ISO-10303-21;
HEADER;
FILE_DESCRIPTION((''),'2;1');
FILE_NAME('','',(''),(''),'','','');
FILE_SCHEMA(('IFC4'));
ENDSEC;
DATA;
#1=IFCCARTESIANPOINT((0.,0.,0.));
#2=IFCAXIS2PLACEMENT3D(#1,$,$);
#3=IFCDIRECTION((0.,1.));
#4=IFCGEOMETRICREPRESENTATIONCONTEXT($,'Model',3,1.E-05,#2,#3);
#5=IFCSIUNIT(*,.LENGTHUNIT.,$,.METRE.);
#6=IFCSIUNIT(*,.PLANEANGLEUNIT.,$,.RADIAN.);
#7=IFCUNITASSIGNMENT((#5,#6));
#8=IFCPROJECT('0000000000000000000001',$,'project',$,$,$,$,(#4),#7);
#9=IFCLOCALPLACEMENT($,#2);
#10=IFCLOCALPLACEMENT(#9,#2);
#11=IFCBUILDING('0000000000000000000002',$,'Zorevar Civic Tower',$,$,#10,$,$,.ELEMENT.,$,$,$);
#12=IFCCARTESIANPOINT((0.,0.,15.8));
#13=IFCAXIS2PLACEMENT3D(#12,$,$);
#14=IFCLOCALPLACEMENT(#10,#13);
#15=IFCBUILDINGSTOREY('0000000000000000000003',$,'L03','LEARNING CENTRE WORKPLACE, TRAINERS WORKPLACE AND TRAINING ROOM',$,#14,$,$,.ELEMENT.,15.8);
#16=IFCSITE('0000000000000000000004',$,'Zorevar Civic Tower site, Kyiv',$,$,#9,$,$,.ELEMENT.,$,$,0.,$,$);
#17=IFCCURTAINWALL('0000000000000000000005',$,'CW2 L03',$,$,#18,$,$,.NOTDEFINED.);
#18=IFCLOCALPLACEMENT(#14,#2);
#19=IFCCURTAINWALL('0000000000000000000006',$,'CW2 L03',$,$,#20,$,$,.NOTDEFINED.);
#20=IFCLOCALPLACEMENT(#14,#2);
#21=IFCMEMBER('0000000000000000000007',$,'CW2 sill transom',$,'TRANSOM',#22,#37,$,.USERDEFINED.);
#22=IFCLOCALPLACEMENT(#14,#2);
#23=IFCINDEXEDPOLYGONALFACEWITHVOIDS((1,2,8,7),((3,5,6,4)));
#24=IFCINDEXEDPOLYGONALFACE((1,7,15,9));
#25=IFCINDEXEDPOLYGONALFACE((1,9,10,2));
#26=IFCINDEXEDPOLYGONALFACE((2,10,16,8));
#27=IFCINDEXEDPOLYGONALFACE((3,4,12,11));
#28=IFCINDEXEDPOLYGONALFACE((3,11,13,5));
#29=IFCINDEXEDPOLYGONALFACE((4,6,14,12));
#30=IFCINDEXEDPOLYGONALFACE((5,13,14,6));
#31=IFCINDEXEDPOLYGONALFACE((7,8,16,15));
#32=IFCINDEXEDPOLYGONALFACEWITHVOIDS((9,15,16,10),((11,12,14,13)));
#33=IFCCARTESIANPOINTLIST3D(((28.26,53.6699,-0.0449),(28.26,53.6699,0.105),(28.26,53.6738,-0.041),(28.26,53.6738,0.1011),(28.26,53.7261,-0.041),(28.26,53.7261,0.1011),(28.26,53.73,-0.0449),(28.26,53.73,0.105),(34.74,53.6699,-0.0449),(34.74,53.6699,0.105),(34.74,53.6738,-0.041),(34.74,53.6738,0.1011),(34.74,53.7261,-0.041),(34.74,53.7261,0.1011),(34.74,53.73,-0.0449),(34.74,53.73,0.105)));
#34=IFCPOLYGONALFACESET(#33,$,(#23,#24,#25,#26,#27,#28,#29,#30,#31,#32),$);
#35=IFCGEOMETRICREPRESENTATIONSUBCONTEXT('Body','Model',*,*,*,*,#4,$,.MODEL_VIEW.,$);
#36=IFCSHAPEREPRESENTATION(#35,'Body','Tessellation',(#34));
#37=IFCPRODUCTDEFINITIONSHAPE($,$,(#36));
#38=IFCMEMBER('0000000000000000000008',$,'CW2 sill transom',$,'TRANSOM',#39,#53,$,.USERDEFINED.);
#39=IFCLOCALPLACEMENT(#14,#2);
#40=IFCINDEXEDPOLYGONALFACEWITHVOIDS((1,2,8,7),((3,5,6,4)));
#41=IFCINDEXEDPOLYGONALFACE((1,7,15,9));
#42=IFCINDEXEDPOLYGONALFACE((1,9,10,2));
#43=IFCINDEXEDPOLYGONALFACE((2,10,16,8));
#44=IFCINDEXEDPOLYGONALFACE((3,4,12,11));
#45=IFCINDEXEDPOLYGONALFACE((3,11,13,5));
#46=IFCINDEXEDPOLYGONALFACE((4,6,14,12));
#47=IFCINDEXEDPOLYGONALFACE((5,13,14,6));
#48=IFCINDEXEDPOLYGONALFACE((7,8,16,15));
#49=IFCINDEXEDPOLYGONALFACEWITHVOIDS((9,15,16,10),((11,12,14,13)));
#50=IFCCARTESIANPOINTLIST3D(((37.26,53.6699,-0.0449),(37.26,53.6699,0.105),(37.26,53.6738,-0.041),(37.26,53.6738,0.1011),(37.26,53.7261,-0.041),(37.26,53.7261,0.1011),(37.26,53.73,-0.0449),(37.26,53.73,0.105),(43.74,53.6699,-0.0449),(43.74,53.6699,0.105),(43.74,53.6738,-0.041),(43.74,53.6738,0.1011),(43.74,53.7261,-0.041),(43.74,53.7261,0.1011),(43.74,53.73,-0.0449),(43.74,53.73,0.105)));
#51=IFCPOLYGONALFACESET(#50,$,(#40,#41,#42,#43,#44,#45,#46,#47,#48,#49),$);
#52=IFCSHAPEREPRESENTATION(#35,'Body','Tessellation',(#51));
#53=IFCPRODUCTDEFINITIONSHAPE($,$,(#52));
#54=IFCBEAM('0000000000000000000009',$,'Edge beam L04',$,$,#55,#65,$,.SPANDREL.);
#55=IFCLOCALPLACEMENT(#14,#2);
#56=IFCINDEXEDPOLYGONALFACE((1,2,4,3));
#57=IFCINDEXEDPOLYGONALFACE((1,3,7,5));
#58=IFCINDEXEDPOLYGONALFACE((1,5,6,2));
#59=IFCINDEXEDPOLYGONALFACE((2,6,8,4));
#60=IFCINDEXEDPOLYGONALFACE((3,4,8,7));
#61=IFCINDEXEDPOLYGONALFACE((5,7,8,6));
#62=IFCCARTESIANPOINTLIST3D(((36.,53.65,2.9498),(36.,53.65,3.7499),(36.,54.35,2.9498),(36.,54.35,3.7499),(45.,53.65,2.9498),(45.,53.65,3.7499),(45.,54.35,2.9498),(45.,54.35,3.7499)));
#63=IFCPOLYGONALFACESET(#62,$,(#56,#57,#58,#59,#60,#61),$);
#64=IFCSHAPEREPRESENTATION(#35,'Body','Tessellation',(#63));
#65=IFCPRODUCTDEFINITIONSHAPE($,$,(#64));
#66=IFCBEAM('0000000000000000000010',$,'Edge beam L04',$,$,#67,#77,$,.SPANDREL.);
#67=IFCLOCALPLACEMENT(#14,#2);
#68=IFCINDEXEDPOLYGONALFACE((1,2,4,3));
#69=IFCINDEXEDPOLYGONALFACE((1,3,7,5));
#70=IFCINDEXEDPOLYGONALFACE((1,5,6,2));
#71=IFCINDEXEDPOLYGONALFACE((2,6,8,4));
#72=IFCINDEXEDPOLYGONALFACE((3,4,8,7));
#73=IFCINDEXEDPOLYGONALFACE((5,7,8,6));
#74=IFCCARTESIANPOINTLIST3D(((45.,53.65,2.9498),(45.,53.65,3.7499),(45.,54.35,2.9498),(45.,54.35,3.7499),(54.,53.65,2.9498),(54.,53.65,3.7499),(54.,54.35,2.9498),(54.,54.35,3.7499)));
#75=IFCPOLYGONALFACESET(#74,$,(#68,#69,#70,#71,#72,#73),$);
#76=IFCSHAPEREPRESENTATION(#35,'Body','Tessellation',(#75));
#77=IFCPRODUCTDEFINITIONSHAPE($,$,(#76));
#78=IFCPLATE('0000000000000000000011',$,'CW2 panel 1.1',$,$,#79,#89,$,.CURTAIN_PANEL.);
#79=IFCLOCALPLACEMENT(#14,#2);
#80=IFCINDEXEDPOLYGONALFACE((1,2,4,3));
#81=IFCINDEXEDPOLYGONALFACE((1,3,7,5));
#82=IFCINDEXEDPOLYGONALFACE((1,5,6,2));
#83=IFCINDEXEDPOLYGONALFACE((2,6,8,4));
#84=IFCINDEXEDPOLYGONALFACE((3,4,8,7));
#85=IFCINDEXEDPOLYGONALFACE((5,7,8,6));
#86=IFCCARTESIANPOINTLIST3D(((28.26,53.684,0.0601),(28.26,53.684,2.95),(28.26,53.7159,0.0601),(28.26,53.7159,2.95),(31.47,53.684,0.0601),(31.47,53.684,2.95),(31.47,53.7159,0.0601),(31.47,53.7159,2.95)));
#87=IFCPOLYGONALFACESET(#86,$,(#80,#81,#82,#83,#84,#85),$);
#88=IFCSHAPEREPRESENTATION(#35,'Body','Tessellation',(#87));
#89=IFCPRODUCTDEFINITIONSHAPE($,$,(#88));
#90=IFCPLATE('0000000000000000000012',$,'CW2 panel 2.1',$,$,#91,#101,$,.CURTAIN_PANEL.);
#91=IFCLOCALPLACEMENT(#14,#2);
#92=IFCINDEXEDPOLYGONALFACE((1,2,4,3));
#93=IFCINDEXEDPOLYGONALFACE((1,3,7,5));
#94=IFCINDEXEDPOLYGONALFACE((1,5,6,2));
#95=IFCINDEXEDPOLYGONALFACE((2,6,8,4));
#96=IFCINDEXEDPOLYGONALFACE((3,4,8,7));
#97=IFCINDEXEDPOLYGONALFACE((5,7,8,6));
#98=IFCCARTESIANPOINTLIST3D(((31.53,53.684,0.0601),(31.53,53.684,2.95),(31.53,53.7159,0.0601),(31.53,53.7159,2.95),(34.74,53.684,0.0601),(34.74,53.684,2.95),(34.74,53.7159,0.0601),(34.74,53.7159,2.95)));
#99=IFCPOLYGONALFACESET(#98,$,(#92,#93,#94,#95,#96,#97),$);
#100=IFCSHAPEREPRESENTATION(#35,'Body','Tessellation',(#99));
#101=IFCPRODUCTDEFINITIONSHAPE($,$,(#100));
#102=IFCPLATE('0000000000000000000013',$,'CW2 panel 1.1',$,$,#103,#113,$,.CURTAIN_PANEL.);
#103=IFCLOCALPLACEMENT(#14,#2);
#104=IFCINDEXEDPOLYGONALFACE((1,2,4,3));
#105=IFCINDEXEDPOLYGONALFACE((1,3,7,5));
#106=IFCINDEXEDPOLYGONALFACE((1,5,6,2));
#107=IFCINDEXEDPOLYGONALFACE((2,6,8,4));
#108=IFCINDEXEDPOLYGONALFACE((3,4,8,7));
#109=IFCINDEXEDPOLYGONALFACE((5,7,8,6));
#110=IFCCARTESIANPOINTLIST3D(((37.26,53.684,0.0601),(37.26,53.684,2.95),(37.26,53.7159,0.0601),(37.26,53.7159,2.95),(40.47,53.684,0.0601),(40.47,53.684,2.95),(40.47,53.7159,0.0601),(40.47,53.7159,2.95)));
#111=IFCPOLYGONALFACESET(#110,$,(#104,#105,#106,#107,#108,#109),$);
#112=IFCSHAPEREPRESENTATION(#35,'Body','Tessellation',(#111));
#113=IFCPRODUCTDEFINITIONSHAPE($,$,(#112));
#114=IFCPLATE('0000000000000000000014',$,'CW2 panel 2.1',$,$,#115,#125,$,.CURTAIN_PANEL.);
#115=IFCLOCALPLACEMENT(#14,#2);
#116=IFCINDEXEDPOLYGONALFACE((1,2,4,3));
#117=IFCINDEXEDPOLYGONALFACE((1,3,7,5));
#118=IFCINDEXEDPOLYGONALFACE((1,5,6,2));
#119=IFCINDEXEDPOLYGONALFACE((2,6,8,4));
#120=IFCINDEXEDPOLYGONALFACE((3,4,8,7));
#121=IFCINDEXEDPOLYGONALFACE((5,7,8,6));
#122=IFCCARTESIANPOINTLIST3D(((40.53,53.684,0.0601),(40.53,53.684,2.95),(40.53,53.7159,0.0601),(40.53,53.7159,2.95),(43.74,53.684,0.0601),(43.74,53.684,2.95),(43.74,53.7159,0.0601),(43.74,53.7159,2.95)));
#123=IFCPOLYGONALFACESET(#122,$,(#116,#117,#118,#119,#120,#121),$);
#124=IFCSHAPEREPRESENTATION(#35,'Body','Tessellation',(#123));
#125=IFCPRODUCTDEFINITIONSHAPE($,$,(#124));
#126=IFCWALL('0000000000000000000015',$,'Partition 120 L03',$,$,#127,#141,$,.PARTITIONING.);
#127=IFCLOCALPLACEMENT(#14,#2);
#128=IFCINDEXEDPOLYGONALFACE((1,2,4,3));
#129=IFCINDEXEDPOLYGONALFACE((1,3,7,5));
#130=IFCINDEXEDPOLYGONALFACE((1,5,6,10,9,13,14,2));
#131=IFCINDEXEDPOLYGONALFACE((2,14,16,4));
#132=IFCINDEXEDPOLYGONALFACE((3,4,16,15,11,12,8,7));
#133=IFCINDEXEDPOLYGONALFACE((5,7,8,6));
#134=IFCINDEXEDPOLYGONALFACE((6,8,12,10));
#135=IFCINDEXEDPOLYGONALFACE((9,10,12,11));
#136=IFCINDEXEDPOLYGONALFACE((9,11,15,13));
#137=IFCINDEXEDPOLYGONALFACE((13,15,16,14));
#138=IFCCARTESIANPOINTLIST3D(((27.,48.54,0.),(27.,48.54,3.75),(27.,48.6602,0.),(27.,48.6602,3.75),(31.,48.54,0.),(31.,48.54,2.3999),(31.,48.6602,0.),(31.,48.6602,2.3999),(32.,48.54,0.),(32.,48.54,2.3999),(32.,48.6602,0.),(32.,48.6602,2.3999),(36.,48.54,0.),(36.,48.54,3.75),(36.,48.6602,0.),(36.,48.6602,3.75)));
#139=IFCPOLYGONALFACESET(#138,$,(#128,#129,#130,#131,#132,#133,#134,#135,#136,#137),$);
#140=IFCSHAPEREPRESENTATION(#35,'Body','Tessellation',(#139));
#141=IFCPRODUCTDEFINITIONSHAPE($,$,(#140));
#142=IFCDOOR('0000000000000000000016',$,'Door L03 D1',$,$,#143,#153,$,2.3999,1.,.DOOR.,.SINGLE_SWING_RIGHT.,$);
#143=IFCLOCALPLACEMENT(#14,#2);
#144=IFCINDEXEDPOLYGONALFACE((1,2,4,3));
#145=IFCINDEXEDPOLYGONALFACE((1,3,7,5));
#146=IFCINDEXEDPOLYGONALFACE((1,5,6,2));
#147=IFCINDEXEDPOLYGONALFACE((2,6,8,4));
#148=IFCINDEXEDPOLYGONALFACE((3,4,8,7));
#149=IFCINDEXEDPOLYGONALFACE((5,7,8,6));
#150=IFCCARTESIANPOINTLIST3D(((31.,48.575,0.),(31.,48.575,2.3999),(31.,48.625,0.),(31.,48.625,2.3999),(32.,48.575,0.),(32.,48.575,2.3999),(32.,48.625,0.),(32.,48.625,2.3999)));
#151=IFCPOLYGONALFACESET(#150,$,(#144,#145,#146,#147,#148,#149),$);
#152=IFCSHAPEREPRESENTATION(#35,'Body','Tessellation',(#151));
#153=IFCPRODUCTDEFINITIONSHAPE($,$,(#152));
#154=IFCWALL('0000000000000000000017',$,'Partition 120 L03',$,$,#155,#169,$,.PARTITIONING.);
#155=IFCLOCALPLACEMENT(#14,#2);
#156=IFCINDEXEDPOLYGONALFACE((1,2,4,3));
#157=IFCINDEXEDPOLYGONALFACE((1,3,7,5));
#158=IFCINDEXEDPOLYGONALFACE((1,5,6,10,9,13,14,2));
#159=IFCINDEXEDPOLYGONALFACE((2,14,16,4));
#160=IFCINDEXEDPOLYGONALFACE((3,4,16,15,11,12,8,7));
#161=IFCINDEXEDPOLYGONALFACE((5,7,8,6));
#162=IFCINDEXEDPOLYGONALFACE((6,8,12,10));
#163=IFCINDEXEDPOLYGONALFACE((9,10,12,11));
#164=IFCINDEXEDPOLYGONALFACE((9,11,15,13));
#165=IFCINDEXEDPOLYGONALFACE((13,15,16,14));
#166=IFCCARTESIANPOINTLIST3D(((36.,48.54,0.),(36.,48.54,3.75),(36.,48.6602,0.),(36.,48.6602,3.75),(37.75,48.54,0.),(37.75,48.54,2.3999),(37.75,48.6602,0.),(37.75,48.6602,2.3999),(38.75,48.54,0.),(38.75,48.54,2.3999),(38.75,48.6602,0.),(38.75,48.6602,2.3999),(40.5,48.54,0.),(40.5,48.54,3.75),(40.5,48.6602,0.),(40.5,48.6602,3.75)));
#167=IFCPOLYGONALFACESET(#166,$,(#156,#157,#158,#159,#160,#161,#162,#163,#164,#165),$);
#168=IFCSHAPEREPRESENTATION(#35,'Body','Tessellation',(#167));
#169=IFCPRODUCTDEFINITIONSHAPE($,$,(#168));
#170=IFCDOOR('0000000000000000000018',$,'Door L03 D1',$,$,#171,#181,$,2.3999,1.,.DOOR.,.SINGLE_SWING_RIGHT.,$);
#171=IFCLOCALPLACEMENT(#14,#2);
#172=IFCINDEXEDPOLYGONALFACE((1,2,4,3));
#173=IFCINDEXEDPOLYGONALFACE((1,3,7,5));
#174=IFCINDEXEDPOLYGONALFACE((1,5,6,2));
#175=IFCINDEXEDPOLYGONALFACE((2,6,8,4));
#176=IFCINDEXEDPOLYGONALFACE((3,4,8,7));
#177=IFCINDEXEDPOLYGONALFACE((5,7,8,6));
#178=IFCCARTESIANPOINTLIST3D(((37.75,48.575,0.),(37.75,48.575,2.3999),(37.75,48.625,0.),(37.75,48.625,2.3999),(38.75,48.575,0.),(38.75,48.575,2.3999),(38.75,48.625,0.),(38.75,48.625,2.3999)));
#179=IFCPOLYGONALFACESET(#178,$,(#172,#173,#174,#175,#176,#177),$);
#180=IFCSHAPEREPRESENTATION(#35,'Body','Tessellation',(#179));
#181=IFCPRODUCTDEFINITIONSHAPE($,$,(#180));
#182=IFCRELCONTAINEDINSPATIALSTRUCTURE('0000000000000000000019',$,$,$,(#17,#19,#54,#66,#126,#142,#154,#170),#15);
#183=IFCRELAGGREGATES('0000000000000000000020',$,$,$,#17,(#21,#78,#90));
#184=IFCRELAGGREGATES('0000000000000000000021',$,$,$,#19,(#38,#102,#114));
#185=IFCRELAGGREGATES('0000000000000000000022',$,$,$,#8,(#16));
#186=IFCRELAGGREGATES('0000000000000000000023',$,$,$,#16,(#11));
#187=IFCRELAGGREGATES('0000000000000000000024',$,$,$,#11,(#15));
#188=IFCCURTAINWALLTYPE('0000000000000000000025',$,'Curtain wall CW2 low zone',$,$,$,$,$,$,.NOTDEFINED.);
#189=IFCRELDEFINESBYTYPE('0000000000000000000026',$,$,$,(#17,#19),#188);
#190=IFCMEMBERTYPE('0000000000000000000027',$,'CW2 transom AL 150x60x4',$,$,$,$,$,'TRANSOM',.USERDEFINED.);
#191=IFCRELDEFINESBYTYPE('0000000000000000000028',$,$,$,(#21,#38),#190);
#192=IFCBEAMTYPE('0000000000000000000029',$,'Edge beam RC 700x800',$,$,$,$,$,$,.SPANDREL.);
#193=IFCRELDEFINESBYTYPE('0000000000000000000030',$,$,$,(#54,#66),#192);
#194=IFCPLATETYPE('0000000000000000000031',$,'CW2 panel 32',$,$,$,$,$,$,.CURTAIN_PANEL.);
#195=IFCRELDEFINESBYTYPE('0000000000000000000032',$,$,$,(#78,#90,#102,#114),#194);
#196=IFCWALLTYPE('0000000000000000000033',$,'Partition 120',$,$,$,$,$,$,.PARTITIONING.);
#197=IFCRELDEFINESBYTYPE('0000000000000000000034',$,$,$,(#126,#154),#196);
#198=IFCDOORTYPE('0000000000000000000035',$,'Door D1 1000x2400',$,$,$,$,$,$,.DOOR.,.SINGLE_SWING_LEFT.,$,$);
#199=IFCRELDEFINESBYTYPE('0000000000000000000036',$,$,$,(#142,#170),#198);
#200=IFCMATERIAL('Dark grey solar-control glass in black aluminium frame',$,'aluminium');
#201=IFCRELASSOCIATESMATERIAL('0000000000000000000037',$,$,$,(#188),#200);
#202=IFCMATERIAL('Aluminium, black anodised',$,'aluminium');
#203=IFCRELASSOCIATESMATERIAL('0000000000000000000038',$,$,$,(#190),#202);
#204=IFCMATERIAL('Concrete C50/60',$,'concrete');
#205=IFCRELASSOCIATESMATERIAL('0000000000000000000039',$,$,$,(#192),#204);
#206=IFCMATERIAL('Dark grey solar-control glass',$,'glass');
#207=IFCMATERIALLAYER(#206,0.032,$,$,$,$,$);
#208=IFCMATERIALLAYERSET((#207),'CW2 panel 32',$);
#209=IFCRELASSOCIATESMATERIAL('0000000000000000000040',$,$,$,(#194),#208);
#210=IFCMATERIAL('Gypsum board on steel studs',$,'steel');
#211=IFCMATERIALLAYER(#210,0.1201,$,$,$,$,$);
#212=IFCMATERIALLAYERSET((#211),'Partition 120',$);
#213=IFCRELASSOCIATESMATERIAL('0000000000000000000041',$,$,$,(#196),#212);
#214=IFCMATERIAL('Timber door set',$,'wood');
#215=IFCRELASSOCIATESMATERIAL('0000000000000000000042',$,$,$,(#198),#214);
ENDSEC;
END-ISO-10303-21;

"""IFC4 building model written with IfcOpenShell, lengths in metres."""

from ifc_helpers import new_model, si_unit, direction, frame, frame_2d, origin, origin_2d, place, context, subcontext, project, spatial, rectangle, hollow_rectangle, extrude, material, layer, layer_set, material_profile, profile_set, type_object, element, fill, aggregate, save


model = new_model("IFC4")

# Units and contexts
model_context = context("Model", 3, precision=1e-05, world=origin(), true_north=direction((0.0, 1.0)))
body_context = subcontext(model_context, "Body", "Model", "MODEL_VIEW")
ifc_project = project(units=[si_unit("LENGTHUNIT", "METRE"), si_unit("PLANEANGLEUNIT", "RADIAN")], contexts=[model_context])

# Site, building, storey
site_placement = place(None, origin())
site = spatial("IfcSite", under=ifc_project, at=site_placement, Name="Zorevar Civic Tower site, Kyiv", CompositionType="ELEMENT", RefElevation=0.0)
building_placement = place(site_placement, origin())
building = spatial("IfcBuilding", under=site, at=building_placement, Name="Zorevar Civic Tower", CompositionType="ELEMENT")
storey_placement = place(building_placement, frame((0.0, 0.0, 15.8)))
storey = spatial("IfcBuildingStorey", under=building, at=storey_placement, Name="L03", Description="LEARNING CENTRE WORKPLACE, TRAINERS WORKPLACE AND TRAINING ROOM", CompositionType="ELEMENT", Elevation=15.8)

# Curtain walls
ifc_material_1 = material(Name="Dark grey solar-control glass in black aluminium frame", Category="aluminium")
curtain_wall_type = type_object("IfcCurtainWallType", Name="Curtain wall CW2 low zone", PredefinedType="NOTDEFINED", material=ifc_material_1)
curtain_wall_1_placement = place(storey_placement, origin())
curtain_wall_1 = element("IfcCurtainWall", 1, at=curtain_wall_1_placement, inside=storey, type_object=curtain_wall_type, Name="CW2 L03", PredefinedType="NOTDEFINED")
curtain_wall_2_placement = place(storey_placement, origin())
curtain_wall_2 = element("IfcCurtainWall", 2, at=curtain_wall_2_placement, inside=storey, type_object=curtain_wall_type, Name="CW2 L03", PredefinedType="NOTDEFINED")

# Members
ifc_material_2 = material(Name="Aluminium, black anodised", Category="aluminium")
ifc_material_profile_1 = material_profile(ifc_material_2, hollow_rectangle(XDim=0.0601, YDim=0.1499, WallThickness=0.0039, at=origin_2d()), Name="AL 150x60x4")
ifc_profile_set_1 = profile_set([ifc_material_profile_1], Name="Aluminium, black anodised")
member_type_1 = type_object("IfcMemberType", Name="CW2 transom AL 150x60x4", ElementType="TRANSOM", PredefinedType="USERDEFINED", material=ifc_profile_set_1)
member_1_placement = place(storey_placement, frame((28.26, 53.7, 0.03), z_axis=(1.0, 0.0, 0.0), x_axis=(0.0, 1.0, 0.0)))
member_1 = element("IfcMember", 3, at=member_1_placement, type_object=member_type_1, Name="CW2 sill transom", ObjectType="TRANSOM", PredefinedType="USERDEFINED", context=body_context, shape_type="SweptSolid", body=[
    extrude(hollow_rectangle(XDim=0.0601, YDim=0.1499, WallThickness=0.0039, at=origin_2d()), origin(), (0.0, 0.0, 1.0), 6.48),
])
member_2_placement = place(storey_placement, frame((37.26, 53.7, 0.03), z_axis=(1.0, 0.0, 0.0), x_axis=(0.0, 1.0, 0.0)))
member_2 = element("IfcMember", 4, at=member_2_placement, type_object=member_type_1, Name="CW2 sill transom", ObjectType="TRANSOM", PredefinedType="USERDEFINED", context=body_context, shape_type="SweptSolid", body=[
    extrude(hollow_rectangle(XDim=0.0601, YDim=0.1499, WallThickness=0.0039, at=origin_2d()), origin(), (0.0, 0.0, 1.0), 6.48),
])

# Beams
ifc_material_3 = material(Name="Concrete C50/60", Category="concrete")
ifc_material_profile_2 = material_profile(ifc_material_3, rectangle(XDim=0.7, YDim=0.8, at=origin_2d()), Name="RC 700x800")
ifc_profile_set_2 = profile_set([ifc_material_profile_2], Name="Concrete C50/60")
beam_type_1 = type_object("IfcBeamType", Name="Edge beam RC 700x800", PredefinedType="SPANDREL", material=ifc_profile_set_2)
for number, where, z_axis, x_axis, name in (
    (5, (36.0, 54.0, 3.3499), (1.0, 0.0, 0.0), (0.0, 1.0, 0.0), "Edge beam L04"),
    (6, (45.0, 54.0, 3.3499), (1.0, 0.0, 0.0), (0.0, 1.0, 0.0), "Edge beam L04"),
):
    element("IfcBeam", number, at=place(storey_placement, frame(where, z_axis=z_axis, x_axis=x_axis)), inside=storey, type_object=beam_type_1, Name=name, PredefinedType="SPANDREL", context=body_context, shape_type="SweptSolid", body=[
        extrude(rectangle(XDim=0.7, YDim=0.8, at=origin_2d()), origin(), (0.0, 0.0, 1.0), 9.0),
    ])

# Plates
ifc_material_4 = material(Name="Dark grey solar-control glass", Category="glass")
ifc_layer_1 = layer(ifc_material_4, 0.032)
ifc_layer_set_1 = layer_set([ifc_layer_1], Name="CW2 panel 32")
plate_type = type_object("IfcPlateType", Name="CW2 panel 32", PredefinedType="CURTAIN_PANEL", material=ifc_layer_set_1)
plate_1_placement = place(storey_placement, frame((29.865, 53.7, 0.0601), z_axis=(0.0, 0.0, 1.0), x_axis=(1.0, 0.0, 0.0)))
plate_1 = element("IfcPlate", 7, at=plate_1_placement, type_object=plate_type, Name="CW2 panel 1.1", PredefinedType="CURTAIN_PANEL", context=body_context, shape_type="SweptSolid", body=[
    extrude(rectangle(XDim=3.21, YDim=0.032, at=origin_2d()), origin(), (0.0, 0.0, 1.0), 2.8899),
])
plate_2_placement = place(storey_placement, frame((33.135, 53.7, 0.0601), z_axis=(0.0, 0.0, 1.0), x_axis=(1.0, 0.0, 0.0)))
plate_2 = element("IfcPlate", 8, at=plate_2_placement, type_object=plate_type, Name="CW2 panel 2.1", PredefinedType="CURTAIN_PANEL", context=body_context, shape_type="SweptSolid", body=[
    extrude(rectangle(XDim=3.21, YDim=0.032, at=origin_2d()), origin(), (0.0, 0.0, 1.0), 2.8899),
])
aggregate(curtain_wall_1, [member_1, plate_1, plate_2])
plate_3_placement = place(storey_placement, frame((38.865, 53.7, 0.0601), z_axis=(0.0, 0.0, 1.0), x_axis=(1.0, 0.0, 0.0)))
plate_3 = element("IfcPlate", 9, at=plate_3_placement, type_object=plate_type, Name="CW2 panel 1.1", PredefinedType="CURTAIN_PANEL", context=body_context, shape_type="SweptSolid", body=[
    extrude(rectangle(XDim=3.21, YDim=0.032, at=origin_2d()), origin(), (0.0, 0.0, 1.0), 2.8899),
])
plate_4_placement = place(storey_placement, frame((42.135, 53.7, 0.0601), z_axis=(0.0, 0.0, 1.0), x_axis=(1.0, 0.0, 0.0)))
plate_4 = element("IfcPlate", 10, at=plate_4_placement, type_object=plate_type, Name="CW2 panel 2.1", PredefinedType="CURTAIN_PANEL", context=body_context, shape_type="SweptSolid", body=[
    extrude(rectangle(XDim=3.21, YDim=0.032, at=origin_2d()), origin(), (0.0, 0.0, 1.0), 2.8899),
])
aggregate(curtain_wall_2, [member_2, plate_3, plate_4])

# Walls, openings, doors
ifc_material_5 = material(Name="Gypsum board on steel studs", Category="steel")
ifc_layer_2 = layer(ifc_material_5, 0.1201)
ifc_layer_set_2 = layer_set([ifc_layer_2], Name="Partition 120")
wall_type = type_object("IfcWallType", Name="Partition 120", PredefinedType="PARTITIONING", material=ifc_layer_set_2)
wall_1_placement = place(storey_placement, frame((27.0, 48.6001, 0.0), z_axis=(0.0, 0.0, 1.0), x_axis=(1.0, 0.0, 0.0)))
wall_1 = element("IfcWall", 11, at=wall_1_placement, inside=storey, type_object=wall_type, Name="Partition 120 L03", PredefinedType="PARTITIONING", context=body_context, shape_type="SweptSolid", body=[
    extrude(rectangle(XDim=9.0, YDim=0.1201, at=frame_2d((4.5, 0.0))), origin(), (0.0, 0.0, 1.0), 3.75),
])
opening_1_placement = place(wall_1_placement, frame((4.0, 0.0, 0.0)))
opening_1 = element("IfcOpeningElement", 12, at=opening_1_placement, cuts=wall_1, PredefinedType="OPENING", context=body_context, shape_type="SweptSolid", body=[
    extrude(rectangle(XDim=1.0, YDim=2.3999, at=frame_2d((0.5, 1.2))), frame((0.0, 0.0701, 0.0), z_axis=(0.0, -1.0, 0.0), x_axis=(1.0, 0.0, 0.0)), (0.0, 0.0, 1.0), 0.1401),
])
ifc_material_6 = material(Name="Timber door set", Category="wood")
door_type = type_object("IfcDoorType", Name="Door D1 1000x2400", OperationType="SINGLE_SWING_LEFT", PredefinedType="DOOR", material=ifc_material_6)
door_1_placement = place(opening_1_placement, origin())
door_1 = element("IfcDoor", 13, at=door_1_placement, inside=storey, type_object=door_type, Name="Door L03 D1", OperationType="SINGLE_SWING_RIGHT", OverallHeight=2.3999, OverallWidth=1.0, PredefinedType="DOOR", context=body_context, shape_type="SweptSolid", body=[
    extrude(rectangle(XDim=1.0, YDim=2.3999, at=frame_2d((0.5, 1.2))), frame((0.0, 0.0249, 0.0), z_axis=(0.0, -1.0, 0.0), x_axis=(1.0, 0.0, 0.0)), (0.0, 0.0, 1.0), 0.05),
])
fill(opening_1, door_1)
wall_2_placement = place(storey_placement, frame((36.0, 48.6001, 0.0), z_axis=(0.0, 0.0, 1.0), x_axis=(1.0, 0.0, 0.0)))
wall_2 = element("IfcWall", 14, at=wall_2_placement, inside=storey, type_object=wall_type, Name="Partition 120 L03", PredefinedType="PARTITIONING", context=body_context, shape_type="SweptSolid", body=[
    extrude(rectangle(XDim=4.5, YDim=0.1201, at=frame_2d((2.25, 0.0))), origin(), (0.0, 0.0, 1.0), 3.75),
])
opening_2_placement = place(wall_2_placement, frame((1.75, 0.0, 0.0)))
opening_2 = element("IfcOpeningElement", 15, at=opening_2_placement, cuts=wall_2, PredefinedType="OPENING", context=body_context, shape_type="SweptSolid", body=[
    extrude(rectangle(XDim=1.0, YDim=2.3999, at=frame_2d((0.5, 1.2))), frame((0.0, 0.0701, 0.0), z_axis=(0.0, -1.0, 0.0), x_axis=(1.0, 0.0, 0.0)), (0.0, 0.0, 1.0), 0.1401),
])
door_2_placement = place(opening_2_placement, origin())
door_2 = element("IfcDoor", 16, at=door_2_placement, inside=storey, type_object=door_type, Name="Door L03 D1", OperationType="SINGLE_SWING_RIGHT", OverallHeight=2.3999, OverallWidth=1.0, PredefinedType="DOOR", context=body_context, shape_type="SweptSolid", body=[
    extrude(rectangle(XDim=1.0, YDim=2.3999, at=frame_2d((0.5, 1.2))), frame((0.0, 0.0249, 0.0), z_axis=(0.0, -1.0, 0.0), x_axis=(1.0, 0.0, 0.0)), (0.0, 0.0, 1.0), 0.05),
])
fill(opening_2, door_2)

save(model, "model.ifc")
